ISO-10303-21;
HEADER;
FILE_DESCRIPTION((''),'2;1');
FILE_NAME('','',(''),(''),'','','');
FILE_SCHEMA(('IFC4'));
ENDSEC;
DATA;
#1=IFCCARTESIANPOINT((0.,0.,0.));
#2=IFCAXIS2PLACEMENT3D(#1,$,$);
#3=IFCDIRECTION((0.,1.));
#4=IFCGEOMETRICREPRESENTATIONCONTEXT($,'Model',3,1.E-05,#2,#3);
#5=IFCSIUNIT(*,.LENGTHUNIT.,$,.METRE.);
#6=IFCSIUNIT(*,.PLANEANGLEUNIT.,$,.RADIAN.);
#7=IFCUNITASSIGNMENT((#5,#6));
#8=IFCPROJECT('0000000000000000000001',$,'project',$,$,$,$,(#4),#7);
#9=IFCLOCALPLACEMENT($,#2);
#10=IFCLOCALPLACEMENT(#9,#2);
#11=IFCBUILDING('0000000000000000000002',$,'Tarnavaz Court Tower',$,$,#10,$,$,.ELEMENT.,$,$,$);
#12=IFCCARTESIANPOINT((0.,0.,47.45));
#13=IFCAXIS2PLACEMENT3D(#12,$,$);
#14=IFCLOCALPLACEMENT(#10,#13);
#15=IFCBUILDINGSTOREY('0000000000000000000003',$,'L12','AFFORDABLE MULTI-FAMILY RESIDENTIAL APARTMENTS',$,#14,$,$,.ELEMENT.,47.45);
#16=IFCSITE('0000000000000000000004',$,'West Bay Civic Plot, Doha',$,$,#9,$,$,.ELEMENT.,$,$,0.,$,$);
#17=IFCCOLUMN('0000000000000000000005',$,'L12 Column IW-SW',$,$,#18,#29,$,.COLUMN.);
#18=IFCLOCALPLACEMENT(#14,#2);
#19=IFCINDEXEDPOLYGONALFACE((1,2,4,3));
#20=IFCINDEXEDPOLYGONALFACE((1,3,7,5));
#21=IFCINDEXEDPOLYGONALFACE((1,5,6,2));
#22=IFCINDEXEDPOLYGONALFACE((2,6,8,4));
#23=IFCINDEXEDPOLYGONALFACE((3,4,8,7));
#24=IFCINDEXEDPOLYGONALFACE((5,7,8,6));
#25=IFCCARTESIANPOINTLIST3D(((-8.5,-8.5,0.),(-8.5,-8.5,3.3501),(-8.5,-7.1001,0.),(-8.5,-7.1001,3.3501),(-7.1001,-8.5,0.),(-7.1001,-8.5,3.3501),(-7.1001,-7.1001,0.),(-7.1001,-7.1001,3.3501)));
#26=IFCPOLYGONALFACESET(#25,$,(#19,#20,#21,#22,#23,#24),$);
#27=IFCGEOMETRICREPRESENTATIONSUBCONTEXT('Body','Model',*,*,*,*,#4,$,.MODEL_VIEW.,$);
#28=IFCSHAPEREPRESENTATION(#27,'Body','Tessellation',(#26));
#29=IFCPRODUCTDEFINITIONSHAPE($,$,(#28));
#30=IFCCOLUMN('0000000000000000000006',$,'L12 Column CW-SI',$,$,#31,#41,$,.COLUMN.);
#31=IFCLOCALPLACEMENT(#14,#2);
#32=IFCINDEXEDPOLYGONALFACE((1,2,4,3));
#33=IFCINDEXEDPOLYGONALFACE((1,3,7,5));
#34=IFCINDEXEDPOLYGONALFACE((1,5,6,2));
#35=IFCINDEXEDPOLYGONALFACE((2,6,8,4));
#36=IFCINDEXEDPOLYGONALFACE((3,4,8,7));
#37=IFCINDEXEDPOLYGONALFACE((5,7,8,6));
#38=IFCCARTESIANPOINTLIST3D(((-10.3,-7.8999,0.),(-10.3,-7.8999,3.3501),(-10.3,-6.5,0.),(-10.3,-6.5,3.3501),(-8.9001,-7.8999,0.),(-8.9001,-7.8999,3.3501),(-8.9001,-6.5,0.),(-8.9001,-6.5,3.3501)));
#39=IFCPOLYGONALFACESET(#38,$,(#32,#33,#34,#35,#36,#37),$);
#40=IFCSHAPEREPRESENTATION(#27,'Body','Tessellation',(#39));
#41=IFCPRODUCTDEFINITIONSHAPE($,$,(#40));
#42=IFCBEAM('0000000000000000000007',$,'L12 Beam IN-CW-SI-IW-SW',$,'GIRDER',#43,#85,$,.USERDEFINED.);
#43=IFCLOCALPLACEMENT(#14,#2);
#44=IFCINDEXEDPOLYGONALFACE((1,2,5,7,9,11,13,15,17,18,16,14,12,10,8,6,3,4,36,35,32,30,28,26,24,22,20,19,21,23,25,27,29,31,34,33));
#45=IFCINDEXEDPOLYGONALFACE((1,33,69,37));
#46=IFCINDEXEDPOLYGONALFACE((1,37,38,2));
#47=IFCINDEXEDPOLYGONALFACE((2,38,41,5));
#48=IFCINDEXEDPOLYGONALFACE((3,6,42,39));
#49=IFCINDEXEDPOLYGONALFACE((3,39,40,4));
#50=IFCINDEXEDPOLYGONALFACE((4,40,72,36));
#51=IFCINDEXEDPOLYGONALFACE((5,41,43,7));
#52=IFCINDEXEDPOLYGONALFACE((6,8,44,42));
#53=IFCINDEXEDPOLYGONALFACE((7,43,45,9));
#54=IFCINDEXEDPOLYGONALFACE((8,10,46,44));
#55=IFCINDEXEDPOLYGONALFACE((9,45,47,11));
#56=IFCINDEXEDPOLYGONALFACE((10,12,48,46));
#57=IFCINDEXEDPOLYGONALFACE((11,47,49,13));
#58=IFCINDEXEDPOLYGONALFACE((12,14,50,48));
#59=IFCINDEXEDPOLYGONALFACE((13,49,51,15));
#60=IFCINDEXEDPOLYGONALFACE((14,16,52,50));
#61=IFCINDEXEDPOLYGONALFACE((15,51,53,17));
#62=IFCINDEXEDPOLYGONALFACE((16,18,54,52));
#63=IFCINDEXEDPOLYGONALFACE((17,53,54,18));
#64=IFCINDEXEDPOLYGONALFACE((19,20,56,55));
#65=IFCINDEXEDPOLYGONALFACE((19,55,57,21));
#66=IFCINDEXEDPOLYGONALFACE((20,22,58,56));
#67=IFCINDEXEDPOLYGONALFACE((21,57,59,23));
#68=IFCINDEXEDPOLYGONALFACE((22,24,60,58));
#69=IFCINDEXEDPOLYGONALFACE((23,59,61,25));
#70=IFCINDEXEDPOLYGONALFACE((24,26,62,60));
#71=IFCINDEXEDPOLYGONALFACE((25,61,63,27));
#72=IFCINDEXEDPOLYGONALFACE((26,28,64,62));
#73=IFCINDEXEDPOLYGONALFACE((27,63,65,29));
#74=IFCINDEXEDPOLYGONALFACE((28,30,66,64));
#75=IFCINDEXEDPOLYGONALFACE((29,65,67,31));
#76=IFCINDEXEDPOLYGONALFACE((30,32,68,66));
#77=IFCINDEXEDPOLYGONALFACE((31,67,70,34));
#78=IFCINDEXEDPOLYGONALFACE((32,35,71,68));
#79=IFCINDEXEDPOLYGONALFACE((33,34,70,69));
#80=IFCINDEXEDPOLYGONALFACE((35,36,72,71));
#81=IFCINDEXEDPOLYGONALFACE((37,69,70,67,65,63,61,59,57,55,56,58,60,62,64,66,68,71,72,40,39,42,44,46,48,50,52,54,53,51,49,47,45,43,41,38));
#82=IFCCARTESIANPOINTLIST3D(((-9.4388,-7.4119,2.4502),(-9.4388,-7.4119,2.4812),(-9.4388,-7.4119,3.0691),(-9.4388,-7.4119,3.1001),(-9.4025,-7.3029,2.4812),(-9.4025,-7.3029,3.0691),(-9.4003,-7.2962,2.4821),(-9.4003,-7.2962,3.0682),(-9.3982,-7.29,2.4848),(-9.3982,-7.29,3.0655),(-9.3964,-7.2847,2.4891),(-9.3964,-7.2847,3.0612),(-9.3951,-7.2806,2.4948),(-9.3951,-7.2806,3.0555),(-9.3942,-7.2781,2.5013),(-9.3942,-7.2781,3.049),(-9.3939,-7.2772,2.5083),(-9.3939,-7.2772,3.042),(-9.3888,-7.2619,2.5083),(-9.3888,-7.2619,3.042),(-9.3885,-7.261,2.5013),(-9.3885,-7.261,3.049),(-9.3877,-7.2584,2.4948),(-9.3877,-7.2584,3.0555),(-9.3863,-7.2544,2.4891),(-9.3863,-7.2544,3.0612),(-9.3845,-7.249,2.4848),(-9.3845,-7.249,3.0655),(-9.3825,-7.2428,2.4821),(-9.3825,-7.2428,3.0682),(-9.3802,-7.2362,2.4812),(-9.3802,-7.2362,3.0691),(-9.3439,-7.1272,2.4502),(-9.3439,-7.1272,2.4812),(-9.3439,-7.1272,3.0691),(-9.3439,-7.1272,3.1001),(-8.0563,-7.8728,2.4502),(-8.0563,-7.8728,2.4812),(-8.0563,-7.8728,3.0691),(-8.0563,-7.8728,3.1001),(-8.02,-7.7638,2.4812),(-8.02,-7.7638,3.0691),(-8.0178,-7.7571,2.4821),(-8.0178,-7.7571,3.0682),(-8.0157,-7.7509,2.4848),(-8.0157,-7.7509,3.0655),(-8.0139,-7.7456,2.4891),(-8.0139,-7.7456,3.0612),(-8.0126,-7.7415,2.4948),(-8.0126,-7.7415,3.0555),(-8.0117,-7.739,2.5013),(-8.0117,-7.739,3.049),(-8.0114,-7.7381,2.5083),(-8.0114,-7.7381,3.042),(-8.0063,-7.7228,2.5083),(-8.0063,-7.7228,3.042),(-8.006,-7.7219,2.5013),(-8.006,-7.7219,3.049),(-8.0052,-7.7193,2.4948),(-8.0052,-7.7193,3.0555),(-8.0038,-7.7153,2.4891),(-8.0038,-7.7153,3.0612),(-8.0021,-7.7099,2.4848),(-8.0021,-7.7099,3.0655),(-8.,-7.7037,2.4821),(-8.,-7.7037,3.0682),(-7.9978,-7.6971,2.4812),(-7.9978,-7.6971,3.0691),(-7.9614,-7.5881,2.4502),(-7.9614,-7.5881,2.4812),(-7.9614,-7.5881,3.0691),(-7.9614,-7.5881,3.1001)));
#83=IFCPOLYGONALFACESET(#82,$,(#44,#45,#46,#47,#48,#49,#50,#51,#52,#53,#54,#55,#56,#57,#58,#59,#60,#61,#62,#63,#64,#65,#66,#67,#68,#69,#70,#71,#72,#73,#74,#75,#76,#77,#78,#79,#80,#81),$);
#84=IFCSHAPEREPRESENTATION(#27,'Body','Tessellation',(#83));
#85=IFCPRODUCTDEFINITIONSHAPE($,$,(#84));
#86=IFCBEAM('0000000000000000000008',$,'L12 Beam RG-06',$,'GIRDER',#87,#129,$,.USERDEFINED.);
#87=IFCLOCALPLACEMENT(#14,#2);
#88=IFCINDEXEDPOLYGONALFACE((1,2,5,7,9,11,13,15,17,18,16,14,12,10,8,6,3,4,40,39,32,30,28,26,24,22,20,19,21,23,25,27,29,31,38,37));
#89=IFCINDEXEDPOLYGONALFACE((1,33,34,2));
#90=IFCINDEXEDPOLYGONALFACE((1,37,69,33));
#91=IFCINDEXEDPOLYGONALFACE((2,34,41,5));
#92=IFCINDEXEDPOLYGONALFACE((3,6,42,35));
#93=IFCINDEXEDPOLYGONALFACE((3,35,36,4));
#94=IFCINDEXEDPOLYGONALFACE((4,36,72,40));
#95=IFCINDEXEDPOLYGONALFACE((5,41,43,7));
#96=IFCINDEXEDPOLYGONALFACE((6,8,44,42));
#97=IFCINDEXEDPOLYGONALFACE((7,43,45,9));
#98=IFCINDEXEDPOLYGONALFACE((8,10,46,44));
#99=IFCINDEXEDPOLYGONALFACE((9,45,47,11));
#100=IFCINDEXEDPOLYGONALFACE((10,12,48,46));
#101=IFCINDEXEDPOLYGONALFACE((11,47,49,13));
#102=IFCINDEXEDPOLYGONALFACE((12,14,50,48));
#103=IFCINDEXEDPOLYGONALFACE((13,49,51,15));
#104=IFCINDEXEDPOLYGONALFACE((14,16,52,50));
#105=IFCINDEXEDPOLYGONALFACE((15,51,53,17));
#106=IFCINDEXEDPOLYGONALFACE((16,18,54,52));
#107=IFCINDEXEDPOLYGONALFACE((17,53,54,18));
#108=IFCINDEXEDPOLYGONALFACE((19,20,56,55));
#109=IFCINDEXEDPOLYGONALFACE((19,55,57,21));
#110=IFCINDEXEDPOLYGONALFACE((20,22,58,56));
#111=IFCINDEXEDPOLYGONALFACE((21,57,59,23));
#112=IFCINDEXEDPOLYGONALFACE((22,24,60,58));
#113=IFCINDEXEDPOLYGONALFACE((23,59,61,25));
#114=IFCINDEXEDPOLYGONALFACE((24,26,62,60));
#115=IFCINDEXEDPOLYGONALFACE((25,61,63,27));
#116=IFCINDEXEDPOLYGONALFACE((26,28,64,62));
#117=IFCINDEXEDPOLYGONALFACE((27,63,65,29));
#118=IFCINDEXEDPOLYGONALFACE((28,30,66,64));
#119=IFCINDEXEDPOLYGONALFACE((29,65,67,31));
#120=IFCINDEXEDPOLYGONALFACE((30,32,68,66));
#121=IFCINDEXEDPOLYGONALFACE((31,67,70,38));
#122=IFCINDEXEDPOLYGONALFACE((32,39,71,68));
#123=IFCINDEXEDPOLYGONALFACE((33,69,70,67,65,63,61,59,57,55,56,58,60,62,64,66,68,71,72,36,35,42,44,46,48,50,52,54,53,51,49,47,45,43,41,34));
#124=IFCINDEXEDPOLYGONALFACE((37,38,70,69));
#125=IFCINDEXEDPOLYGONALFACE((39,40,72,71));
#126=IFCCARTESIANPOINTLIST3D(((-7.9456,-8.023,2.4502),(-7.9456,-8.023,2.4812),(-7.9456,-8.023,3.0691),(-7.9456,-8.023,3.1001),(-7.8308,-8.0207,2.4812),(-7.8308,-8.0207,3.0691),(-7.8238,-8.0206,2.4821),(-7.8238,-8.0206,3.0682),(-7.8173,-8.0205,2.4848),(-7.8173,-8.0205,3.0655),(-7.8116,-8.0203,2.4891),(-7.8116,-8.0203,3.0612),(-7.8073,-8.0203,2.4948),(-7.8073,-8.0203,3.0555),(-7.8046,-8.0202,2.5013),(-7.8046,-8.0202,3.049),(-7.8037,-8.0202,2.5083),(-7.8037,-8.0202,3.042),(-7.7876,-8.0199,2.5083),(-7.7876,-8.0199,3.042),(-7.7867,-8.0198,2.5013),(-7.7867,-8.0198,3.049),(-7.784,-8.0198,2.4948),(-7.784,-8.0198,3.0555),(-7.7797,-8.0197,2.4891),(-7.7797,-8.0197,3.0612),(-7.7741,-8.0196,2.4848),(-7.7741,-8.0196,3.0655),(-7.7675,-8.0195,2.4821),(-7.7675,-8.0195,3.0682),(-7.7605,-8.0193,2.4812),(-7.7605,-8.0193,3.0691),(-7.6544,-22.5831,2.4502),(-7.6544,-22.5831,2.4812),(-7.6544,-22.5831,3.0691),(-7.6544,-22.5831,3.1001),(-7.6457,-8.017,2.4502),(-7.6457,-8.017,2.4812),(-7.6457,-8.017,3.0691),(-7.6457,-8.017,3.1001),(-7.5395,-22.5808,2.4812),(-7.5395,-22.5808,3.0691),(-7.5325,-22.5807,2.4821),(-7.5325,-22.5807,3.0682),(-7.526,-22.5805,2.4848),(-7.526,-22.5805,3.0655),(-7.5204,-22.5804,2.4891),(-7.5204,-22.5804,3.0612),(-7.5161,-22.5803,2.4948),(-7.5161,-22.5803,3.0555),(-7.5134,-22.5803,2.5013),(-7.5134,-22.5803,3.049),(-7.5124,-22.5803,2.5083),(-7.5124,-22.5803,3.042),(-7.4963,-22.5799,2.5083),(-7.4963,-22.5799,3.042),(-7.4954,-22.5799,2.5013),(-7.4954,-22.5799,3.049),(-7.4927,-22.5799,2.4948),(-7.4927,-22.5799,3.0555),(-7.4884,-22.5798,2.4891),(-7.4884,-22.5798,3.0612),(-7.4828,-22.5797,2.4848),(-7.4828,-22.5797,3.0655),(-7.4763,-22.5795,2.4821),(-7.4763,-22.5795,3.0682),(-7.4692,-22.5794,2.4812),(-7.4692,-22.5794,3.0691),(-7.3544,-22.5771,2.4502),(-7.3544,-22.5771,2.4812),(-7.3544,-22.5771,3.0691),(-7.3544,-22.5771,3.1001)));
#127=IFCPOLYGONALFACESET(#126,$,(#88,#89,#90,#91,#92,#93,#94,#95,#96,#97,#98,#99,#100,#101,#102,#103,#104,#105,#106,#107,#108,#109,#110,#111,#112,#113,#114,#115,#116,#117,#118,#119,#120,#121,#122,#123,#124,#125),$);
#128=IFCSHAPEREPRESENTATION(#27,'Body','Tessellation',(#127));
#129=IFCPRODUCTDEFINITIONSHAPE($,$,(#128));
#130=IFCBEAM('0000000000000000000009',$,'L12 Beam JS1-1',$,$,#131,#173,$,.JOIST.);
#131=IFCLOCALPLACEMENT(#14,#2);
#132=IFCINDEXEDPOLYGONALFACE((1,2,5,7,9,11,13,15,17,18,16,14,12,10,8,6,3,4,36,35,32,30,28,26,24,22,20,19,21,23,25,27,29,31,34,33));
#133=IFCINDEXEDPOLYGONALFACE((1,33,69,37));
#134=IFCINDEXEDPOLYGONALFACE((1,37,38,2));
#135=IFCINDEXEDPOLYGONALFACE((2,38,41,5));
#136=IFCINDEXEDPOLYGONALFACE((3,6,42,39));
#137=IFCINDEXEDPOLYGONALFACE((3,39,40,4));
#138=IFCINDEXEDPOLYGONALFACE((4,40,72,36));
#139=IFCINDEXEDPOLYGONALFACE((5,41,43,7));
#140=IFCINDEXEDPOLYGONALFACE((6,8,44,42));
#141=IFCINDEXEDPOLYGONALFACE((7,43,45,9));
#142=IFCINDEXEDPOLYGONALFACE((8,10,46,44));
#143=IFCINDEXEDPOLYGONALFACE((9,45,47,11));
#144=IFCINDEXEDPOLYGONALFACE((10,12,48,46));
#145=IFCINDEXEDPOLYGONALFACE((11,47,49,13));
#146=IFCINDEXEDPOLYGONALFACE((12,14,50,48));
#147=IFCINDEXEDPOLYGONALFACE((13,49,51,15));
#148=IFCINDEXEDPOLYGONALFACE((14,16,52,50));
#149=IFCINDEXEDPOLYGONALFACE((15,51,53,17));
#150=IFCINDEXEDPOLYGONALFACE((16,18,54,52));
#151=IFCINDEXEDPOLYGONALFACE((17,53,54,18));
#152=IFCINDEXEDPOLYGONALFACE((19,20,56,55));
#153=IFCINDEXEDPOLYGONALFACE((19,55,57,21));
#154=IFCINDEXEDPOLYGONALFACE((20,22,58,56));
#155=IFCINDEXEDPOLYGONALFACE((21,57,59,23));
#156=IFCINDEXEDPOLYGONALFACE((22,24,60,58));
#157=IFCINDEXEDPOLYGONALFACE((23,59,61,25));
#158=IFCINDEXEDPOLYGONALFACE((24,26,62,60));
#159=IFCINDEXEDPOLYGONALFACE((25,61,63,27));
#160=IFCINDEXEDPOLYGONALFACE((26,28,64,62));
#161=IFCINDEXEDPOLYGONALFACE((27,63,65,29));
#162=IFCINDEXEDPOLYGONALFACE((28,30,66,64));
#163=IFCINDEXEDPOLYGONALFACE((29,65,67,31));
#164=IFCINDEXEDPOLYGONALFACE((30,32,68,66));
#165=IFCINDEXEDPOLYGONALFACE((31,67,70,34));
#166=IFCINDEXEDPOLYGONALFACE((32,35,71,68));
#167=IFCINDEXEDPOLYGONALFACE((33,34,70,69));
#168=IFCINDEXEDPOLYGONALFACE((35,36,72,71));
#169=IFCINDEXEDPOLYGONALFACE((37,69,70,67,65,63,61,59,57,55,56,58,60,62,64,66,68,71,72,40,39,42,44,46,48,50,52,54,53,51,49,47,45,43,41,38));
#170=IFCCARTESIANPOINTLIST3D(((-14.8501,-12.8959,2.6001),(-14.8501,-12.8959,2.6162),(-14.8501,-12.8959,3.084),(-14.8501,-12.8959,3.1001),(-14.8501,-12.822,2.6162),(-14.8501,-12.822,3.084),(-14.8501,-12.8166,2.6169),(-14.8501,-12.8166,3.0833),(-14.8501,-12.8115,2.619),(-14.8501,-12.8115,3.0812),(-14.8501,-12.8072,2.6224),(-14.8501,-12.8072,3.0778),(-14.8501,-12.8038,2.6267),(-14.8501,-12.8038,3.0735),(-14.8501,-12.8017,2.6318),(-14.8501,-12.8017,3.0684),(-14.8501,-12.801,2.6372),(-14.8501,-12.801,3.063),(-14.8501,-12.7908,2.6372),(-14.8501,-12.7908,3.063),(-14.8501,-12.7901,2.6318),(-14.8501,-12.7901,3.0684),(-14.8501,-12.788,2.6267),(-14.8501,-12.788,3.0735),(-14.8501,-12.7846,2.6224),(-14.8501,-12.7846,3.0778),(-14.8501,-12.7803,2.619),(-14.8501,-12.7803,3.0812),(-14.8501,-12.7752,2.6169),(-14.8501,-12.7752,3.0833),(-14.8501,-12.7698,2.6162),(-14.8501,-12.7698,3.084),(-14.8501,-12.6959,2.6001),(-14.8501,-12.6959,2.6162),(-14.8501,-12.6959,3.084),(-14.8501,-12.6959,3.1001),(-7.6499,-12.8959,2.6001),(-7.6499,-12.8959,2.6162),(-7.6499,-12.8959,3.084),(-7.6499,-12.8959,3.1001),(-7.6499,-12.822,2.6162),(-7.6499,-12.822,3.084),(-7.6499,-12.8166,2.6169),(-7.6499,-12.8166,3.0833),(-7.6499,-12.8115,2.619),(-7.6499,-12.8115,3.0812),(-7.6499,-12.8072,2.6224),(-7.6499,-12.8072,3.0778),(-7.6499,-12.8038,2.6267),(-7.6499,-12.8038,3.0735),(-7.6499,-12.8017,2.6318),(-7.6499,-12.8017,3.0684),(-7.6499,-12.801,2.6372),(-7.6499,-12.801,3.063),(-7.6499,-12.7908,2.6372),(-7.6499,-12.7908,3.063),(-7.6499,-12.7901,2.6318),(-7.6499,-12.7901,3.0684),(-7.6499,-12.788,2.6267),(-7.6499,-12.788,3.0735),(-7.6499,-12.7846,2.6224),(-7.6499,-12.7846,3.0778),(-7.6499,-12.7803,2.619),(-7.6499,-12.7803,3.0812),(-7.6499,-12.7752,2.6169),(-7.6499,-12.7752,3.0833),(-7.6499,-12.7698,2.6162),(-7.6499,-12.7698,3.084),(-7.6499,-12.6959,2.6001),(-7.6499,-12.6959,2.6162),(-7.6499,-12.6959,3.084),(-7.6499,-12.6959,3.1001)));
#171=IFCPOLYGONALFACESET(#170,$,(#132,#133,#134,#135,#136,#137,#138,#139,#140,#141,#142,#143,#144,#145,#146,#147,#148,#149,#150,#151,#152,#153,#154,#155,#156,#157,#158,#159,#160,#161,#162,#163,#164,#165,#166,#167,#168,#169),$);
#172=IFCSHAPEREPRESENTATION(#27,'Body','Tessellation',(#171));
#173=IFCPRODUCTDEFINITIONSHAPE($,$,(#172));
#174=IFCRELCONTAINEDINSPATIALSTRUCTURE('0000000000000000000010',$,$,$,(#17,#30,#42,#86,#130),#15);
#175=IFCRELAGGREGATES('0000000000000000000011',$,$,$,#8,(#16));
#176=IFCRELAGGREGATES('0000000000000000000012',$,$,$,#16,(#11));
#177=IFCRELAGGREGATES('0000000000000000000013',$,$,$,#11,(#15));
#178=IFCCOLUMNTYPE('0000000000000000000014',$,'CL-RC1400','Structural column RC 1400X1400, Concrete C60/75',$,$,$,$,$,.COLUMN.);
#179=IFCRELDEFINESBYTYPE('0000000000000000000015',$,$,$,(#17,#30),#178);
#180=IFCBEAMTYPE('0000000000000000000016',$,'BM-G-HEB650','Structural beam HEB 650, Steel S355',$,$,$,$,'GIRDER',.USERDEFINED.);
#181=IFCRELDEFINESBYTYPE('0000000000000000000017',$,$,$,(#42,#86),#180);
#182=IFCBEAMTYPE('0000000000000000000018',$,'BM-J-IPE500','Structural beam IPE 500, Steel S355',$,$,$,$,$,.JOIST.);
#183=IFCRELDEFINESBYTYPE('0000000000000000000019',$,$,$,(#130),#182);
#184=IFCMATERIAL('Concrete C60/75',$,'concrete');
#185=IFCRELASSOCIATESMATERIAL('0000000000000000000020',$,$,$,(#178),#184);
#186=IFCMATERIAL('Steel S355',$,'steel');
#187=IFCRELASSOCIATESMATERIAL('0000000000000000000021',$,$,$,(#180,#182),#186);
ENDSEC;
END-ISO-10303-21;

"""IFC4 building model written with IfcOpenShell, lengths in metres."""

from ifc_helpers import new_model, si_unit, direction, frame, origin, origin_2d, place, context, subcontext, project, spatial, rectangle, i_section, extrude, material, material_profile, profile_set, type_object, element, save


model = new_model("IFC4")

# Units and contexts
model_context = context("Model", 3, precision=1e-05, world=origin(), true_north=direction((0.0, 1.0)))
body_context = subcontext(model_context, "Body", "Model", "MODEL_VIEW")
ifc_project = project(units=[si_unit("LENGTHUNIT", "METRE"), si_unit("PLANEANGLEUNIT", "RADIAN")], contexts=[model_context])

# Site, building, storey
site_placement = place(None, origin())
site = spatial("IfcSite", under=ifc_project, at=site_placement, Name="West Bay Civic Plot, Doha", CompositionType="ELEMENT", RefElevation=0.0)
building_placement = place(site_placement, origin())
building = spatial("IfcBuilding", under=site, at=building_placement, Name="Tarnavaz Court Tower", CompositionType="ELEMENT")
storey_placement = place(building_placement, frame((0.0, 0.0, 47.45)))
storey = spatial("IfcBuildingStorey", under=building, at=storey_placement, Name="L12", Description="AFFORDABLE MULTI-FAMILY RESIDENTIAL APARTMENTS", CompositionType="ELEMENT", Elevation=47.45)

# Columns
ifc_material_1 = material(Name="Concrete C60/75", Category="concrete")
ifc_material_profile_1 = material_profile(ifc_material_1, rectangle(XDim=1.3999, YDim=1.3999, at=origin_2d()), Name="RC 1400X1400")
ifc_profile_set_1 = profile_set([ifc_material_profile_1], Name="Concrete C60/75")
column_type = type_object("IfcColumnType", Name="CL-RC1400", Description="Structural column RC 1400X1400, Concrete C60/75", PredefinedType="COLUMN", material=ifc_profile_set_1)
for number, where, z_axis, x_axis, name in (
    (1, (-7.8, -7.8, 0.0), (0.0, 0.0, 1.0), (1.0, 0.0, 0.0), "L12 Column IW-SW"),
    (2, (-9.6001, -7.2, 0.0), (0.0, 0.0, 1.0), (1.0, 0.0, 0.0), "L12 Column CW-SI"),
):
    element("IfcColumn", number, at=place(storey_placement, frame(where, z_axis=z_axis, x_axis=x_axis)), inside=storey, type_object=column_type, Name=name, PredefinedType="COLUMN", context=body_context, shape_type="SweptSolid", body=[
        extrude(rectangle(XDim=1.3999, YDim=1.3999, at=origin_2d()), origin(), (0.0, 0.0, 1.0), 3.3501),
    ])

# Beams
ifc_material_2 = material(Name="Steel S355", Category="steel")
ifc_material_profile_2 = material_profile(ifc_material_2, i_section(OverallWidth=0.3, OverallDepth=0.6499, WebThickness=0.0161, FlangeThickness=0.031, FilletRadius=0.0271, at=origin_2d()), Name="HEB 650")
ifc_profile_set_2 = profile_set([ifc_material_profile_2], Name="Steel S355")
beam_type_1 = type_object("IfcBeamType", Name="BM-G-HEB650", Description="Structural beam HEB 650, Steel S355", ElementType="GIRDER", PredefinedType="USERDEFINED", material=ifc_profile_set_2)
beam_1_placement = place(storey_placement, frame((-9.3914, -7.2695, 2.7751), z_axis=(0.948667, -0.316278, 0.0), x_axis=(0.316278, 0.948667, 0.0)))
element("IfcBeam", 3, at=beam_1_placement, inside=storey, type_object=beam_type_1, Name="L12 Beam IN-CW-SI-IW-SW", ObjectType="GIRDER", PredefinedType="USERDEFINED", context=body_context, shape_type="SweptSolid", body=[
    extrude(i_section(OverallWidth=0.3, OverallDepth=0.6499, WebThickness=0.0161, FlangeThickness=0.031, FilletRadius=0.0271, at=origin_2d()), origin(), (0.0, 0.0, 1.0), 1.4573),
])
beam_2_placement = place(storey_placement, frame((-7.7957, -8.02, 2.7751), z_axis=(0.02, -0.9998, 0.0), x_axis=(0.9998, 0.02, 0.0)))
element("IfcBeam", 4, at=beam_2_placement, inside=storey, type_object=beam_type_1, Name="L12 Beam RG-06", ObjectType="GIRDER", PredefinedType="USERDEFINED", context=body_context, shape_type="SweptSolid", body=[
    extrude(i_section(OverallWidth=0.3, OverallDepth=0.6499, WebThickness=0.0161, FlangeThickness=0.031, FilletRadius=0.0271, at=origin_2d()), origin(), (0.0, 0.0, 1.0), 14.563),
])
ifc_material_profile_3 = material_profile(ifc_material_2, i_section(OverallWidth=0.2, OverallDepth=0.5, WebThickness=0.0103, FlangeThickness=0.0161, FilletRadius=0.021, at=origin_2d()), Name="IPE 500")
ifc_profile_set_3 = profile_set([ifc_material_profile_3], Name="Steel S355")
beam_type_2 = type_object("IfcBeamType", Name="BM-J-IPE500", Description="Structural beam IPE 500, Steel S355", PredefinedType="JOIST", material=ifc_profile_set_3)
beam_3_placement = place(storey_placement, frame((-14.8501, -12.7959, 2.8501), z_axis=(1.0, 0.0, 0.0), x_axis=(0.0, 1.0, 0.0)))
element("IfcBeam", 5, at=beam_3_placement, inside=storey, type_object=beam_type_2, Name="L12 Beam JS1-1", PredefinedType="JOIST", context=body_context, shape_type="SweptSolid", body=[
    extrude(i_section(OverallWidth=0.2, OverallDepth=0.5, WebThickness=0.0103, FlangeThickness=0.0161, FilletRadius=0.021, at=origin_2d()), origin(), (0.0, 0.0, 1.0), 7.2002),
])

save(model, "model.ifc")
